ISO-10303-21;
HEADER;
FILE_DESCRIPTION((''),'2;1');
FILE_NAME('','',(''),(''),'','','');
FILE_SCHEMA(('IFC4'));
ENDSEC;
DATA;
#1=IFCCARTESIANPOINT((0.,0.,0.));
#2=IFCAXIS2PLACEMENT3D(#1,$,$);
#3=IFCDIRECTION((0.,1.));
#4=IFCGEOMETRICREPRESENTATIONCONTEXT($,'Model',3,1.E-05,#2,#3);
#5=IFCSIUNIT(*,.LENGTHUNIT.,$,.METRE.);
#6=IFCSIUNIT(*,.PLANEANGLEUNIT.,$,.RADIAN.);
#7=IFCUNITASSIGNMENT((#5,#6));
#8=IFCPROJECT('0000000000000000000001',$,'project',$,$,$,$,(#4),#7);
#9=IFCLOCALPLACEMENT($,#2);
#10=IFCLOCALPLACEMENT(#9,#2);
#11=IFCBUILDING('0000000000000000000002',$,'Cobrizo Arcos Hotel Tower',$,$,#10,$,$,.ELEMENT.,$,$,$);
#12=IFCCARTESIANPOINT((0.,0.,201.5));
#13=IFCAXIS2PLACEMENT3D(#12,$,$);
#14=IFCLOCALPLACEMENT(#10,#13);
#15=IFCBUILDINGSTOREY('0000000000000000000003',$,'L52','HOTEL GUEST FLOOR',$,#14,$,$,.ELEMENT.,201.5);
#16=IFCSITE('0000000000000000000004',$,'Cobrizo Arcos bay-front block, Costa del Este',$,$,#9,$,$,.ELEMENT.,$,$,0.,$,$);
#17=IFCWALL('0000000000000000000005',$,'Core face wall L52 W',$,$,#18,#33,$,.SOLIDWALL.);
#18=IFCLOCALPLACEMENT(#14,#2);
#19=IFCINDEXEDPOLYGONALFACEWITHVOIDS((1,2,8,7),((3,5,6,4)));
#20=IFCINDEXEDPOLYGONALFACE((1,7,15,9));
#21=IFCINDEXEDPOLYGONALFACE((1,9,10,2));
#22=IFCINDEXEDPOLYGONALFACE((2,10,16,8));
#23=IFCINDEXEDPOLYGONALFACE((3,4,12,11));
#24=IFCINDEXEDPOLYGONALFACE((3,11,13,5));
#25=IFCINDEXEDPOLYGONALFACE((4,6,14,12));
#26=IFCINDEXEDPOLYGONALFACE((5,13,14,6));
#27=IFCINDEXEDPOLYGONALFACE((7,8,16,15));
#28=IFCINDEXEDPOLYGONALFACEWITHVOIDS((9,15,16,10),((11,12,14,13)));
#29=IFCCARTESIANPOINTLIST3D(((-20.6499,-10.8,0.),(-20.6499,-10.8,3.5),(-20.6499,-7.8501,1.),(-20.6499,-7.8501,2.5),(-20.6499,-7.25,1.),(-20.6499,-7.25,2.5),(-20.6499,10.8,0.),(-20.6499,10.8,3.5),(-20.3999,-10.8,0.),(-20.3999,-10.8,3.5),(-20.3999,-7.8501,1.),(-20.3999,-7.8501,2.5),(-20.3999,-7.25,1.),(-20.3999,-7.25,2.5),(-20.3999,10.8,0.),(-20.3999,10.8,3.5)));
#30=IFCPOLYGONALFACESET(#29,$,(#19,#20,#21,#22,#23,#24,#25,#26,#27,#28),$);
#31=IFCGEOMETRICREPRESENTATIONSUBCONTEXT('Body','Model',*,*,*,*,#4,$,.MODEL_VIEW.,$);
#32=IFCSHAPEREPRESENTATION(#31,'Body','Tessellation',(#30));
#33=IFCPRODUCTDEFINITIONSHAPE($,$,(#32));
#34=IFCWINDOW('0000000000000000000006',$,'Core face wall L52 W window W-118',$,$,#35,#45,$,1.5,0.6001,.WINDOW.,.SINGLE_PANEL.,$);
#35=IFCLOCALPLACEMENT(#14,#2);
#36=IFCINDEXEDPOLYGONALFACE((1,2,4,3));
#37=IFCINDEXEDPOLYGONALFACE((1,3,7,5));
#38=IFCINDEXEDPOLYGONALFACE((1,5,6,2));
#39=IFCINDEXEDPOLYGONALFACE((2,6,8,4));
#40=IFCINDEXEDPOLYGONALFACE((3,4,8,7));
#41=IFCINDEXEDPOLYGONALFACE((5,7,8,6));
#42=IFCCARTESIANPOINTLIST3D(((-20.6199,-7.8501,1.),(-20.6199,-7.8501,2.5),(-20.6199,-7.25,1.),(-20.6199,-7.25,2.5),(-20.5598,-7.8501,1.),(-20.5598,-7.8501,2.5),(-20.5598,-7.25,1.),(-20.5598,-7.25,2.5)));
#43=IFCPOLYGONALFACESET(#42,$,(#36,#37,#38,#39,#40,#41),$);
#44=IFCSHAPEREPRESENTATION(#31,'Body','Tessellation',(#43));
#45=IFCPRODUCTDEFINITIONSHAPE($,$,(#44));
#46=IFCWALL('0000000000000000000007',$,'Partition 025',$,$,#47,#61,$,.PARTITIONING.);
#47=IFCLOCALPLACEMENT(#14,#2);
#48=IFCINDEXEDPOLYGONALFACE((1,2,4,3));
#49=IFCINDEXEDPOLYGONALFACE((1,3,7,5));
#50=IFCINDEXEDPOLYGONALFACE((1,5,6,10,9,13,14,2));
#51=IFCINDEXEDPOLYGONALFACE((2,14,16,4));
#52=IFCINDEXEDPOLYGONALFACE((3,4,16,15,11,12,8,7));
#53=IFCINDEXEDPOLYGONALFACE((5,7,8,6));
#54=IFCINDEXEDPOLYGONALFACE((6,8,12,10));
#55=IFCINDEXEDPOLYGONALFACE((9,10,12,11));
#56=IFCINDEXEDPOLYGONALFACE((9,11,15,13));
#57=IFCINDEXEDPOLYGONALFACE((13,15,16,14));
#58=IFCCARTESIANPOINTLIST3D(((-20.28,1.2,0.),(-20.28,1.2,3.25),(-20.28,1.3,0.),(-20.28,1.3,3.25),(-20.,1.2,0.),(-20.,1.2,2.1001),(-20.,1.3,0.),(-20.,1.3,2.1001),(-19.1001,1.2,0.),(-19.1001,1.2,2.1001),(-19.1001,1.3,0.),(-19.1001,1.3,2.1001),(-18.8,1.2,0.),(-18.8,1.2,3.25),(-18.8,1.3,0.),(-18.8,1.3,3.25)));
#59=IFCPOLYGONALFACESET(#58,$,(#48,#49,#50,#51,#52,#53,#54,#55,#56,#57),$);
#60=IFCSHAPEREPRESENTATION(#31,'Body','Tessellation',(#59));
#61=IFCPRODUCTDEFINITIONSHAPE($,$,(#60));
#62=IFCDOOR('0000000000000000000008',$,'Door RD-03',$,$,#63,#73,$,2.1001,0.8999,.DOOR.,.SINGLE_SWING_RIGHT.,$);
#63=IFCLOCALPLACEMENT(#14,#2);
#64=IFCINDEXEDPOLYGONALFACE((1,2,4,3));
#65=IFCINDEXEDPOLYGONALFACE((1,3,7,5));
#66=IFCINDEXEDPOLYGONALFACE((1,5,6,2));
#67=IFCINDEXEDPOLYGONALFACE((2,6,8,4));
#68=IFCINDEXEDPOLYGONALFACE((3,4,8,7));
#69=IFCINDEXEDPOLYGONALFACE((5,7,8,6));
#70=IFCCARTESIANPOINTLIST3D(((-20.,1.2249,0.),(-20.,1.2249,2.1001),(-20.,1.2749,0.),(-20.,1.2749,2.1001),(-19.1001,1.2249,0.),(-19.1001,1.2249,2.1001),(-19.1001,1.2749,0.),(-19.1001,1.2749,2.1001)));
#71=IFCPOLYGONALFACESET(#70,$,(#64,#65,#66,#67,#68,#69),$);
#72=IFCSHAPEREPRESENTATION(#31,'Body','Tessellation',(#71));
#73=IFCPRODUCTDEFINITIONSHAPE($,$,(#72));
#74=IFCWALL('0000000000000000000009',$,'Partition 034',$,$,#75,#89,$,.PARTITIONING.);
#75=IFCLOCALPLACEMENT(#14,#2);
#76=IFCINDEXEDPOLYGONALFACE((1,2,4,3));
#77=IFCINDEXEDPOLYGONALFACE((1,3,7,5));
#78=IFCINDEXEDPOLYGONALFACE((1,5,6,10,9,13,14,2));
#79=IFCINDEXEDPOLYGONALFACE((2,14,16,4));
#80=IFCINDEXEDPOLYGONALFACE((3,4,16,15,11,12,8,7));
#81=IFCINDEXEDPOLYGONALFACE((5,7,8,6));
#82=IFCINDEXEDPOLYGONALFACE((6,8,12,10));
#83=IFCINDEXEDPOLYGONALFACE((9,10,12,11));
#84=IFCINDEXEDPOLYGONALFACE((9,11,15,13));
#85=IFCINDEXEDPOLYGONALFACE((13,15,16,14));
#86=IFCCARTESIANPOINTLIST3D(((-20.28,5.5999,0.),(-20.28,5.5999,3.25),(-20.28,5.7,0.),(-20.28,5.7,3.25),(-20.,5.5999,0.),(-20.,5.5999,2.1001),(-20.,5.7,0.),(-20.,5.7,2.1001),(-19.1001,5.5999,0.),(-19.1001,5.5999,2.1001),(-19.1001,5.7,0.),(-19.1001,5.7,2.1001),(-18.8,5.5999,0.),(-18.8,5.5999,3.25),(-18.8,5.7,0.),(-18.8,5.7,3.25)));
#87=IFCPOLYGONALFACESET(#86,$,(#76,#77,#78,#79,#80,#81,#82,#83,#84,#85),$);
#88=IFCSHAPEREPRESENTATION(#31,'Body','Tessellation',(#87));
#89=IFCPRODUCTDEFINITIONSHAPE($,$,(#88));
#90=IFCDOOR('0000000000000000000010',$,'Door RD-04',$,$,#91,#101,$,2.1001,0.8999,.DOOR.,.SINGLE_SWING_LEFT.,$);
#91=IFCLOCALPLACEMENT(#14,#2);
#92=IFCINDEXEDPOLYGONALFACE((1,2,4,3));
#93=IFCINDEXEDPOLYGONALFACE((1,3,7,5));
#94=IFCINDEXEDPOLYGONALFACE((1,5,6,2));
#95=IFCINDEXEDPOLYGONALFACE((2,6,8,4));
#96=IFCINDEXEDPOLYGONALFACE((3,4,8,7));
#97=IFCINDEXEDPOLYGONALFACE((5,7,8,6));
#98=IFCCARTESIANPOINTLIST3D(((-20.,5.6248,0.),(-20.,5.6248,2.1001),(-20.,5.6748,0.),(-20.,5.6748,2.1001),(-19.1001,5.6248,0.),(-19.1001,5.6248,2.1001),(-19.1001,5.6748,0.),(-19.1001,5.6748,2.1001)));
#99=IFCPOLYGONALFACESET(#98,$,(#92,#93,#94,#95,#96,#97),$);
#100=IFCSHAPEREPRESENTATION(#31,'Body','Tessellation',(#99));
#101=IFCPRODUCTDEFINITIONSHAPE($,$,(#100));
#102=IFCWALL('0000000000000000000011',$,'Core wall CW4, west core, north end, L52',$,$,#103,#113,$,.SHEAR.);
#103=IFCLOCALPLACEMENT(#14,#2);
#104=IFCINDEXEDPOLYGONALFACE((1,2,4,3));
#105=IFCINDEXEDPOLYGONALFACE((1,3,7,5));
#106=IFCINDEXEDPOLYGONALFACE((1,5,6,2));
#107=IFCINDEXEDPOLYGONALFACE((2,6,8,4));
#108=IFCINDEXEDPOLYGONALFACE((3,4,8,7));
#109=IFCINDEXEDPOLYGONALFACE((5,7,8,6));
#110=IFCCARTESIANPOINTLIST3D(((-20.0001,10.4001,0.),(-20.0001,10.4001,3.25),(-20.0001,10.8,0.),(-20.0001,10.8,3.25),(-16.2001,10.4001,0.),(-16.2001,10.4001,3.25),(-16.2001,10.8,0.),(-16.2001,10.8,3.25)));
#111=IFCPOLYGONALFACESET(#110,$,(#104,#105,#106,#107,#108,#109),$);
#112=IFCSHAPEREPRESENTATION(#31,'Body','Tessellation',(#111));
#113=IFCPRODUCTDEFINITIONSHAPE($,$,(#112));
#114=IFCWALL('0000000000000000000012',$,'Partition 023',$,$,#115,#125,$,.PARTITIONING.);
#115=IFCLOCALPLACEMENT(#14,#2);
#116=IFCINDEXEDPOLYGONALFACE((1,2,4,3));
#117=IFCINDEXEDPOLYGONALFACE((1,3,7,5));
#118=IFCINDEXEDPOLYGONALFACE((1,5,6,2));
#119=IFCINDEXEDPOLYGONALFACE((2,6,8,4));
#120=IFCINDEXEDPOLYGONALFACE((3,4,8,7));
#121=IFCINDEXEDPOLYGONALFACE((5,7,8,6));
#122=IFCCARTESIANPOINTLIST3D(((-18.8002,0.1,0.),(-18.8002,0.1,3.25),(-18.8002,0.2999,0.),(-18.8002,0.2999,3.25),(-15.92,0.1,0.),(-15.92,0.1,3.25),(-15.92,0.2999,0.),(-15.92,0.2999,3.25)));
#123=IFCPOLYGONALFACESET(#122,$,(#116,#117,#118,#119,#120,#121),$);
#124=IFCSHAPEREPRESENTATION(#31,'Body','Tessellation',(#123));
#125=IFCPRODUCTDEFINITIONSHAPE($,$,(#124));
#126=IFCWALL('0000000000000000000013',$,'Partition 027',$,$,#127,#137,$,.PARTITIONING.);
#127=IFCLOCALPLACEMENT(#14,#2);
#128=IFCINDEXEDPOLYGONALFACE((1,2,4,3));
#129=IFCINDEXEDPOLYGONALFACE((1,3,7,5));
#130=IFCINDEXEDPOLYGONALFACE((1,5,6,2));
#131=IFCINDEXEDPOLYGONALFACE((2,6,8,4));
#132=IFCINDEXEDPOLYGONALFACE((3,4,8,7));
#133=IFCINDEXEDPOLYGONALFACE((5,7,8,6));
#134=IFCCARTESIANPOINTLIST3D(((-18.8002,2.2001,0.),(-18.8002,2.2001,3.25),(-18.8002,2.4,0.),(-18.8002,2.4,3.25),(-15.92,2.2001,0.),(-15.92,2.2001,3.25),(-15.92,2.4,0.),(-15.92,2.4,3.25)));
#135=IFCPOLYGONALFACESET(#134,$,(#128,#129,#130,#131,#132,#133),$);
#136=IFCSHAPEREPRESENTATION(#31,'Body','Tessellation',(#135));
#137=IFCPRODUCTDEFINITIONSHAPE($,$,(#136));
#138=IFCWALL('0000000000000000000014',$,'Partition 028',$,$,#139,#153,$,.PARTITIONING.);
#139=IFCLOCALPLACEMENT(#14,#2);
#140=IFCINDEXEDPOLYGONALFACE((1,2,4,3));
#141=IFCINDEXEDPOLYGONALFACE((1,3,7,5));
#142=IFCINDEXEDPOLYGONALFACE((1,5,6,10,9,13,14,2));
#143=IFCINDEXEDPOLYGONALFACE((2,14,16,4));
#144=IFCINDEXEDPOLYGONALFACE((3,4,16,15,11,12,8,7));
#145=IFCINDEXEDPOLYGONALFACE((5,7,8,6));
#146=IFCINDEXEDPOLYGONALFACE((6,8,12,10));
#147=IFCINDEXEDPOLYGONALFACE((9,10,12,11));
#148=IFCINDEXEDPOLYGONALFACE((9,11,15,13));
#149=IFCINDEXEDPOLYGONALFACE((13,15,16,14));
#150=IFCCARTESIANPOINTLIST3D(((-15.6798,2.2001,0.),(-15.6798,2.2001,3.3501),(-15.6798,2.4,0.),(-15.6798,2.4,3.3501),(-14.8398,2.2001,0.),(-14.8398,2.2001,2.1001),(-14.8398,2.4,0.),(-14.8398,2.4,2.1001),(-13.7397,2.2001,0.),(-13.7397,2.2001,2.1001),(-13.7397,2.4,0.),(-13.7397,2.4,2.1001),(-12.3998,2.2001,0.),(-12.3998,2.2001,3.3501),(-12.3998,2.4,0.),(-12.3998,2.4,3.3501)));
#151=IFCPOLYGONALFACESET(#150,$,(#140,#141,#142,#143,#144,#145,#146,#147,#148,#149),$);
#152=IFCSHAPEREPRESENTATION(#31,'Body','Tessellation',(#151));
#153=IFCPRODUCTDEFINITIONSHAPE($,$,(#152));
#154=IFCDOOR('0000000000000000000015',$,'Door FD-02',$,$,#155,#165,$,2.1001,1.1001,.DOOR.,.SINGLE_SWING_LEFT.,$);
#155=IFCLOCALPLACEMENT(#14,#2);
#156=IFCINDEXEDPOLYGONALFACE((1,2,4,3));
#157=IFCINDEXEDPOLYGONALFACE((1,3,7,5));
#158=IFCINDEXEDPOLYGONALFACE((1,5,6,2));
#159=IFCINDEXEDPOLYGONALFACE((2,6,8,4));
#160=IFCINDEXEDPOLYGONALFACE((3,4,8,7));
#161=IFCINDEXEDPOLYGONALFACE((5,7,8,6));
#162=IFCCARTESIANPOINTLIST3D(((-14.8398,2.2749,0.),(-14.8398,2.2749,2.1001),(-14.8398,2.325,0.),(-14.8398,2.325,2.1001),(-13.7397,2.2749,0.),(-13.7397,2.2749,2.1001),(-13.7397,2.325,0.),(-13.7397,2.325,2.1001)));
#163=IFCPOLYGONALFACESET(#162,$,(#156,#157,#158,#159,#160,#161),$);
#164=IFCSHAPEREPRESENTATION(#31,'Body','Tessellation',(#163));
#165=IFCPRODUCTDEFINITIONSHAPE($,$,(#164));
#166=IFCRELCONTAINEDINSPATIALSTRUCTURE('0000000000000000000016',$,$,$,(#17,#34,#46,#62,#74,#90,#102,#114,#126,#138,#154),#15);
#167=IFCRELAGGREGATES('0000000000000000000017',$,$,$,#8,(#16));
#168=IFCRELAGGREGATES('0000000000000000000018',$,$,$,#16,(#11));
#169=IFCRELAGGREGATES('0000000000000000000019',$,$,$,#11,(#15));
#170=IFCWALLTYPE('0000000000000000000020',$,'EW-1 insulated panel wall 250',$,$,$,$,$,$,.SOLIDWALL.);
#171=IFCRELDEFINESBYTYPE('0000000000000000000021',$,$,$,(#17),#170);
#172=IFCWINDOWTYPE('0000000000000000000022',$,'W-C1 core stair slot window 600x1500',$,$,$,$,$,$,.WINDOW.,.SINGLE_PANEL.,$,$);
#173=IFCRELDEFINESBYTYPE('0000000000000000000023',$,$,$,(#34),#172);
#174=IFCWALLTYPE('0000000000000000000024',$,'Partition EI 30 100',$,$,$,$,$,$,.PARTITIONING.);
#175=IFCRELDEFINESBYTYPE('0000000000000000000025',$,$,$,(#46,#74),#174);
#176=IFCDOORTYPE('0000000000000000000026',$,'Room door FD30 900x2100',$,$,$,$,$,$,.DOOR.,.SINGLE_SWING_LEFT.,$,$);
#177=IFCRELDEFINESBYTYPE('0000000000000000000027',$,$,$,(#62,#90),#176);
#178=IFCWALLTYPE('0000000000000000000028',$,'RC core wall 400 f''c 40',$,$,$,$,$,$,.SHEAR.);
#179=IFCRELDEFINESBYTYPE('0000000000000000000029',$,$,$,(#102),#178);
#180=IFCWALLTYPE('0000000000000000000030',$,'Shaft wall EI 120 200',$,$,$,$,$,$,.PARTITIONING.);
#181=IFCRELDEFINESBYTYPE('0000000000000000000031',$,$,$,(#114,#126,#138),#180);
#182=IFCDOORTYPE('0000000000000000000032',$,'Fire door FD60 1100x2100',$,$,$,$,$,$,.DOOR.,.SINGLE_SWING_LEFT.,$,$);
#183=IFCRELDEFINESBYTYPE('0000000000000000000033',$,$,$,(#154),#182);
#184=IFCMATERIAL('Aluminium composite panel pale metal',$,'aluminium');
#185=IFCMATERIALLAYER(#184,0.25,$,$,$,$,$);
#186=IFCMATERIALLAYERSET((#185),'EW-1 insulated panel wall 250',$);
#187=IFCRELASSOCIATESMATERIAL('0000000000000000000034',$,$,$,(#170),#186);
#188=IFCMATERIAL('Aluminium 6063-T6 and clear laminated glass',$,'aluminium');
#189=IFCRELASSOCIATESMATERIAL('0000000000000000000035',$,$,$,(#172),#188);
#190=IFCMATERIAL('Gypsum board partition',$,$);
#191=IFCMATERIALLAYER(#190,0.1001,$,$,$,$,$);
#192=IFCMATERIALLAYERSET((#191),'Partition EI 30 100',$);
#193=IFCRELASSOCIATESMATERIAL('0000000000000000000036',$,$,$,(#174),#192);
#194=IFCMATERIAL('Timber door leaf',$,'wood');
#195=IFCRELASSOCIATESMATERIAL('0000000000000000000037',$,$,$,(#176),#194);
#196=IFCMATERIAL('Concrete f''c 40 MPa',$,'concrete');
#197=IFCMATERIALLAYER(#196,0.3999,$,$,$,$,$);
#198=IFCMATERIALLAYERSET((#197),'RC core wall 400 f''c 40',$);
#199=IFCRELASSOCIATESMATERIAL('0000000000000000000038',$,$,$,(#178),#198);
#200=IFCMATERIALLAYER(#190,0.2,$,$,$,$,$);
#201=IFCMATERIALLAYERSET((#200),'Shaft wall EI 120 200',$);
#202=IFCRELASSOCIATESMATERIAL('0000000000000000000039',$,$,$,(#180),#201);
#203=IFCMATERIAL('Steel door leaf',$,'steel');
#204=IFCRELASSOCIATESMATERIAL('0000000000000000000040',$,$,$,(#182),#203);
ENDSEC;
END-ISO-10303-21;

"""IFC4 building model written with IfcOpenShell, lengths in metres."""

from ifc_helpers import new_model, si_unit, direction, frame, frame_2d, origin, place, context, subcontext, project, spatial, rectangle, extrude, material, layer, layer_set, type_object, element, fill, save


model = new_model("IFC4")

# Units and contexts
model_context = context("Model", 3, precision=1e-05, world=origin(), true_north=direction((0.0, 1.0)))
body_context = subcontext(model_context, "Body", "Model", "MODEL_VIEW")
ifc_project = project(units=[si_unit("LENGTHUNIT", "METRE"), si_unit("PLANEANGLEUNIT", "RADIAN")], contexts=[model_context])

# Site, building, storey
site_placement = place(None, origin())
site = spatial("IfcSite", under=ifc_project, at=site_placement, Name="Cobrizo Arcos bay-front block, Costa del Este", CompositionType="ELEMENT", RefElevation=0.0)
building_placement = place(site_placement, origin())
building = spatial("IfcBuilding", under=site, at=building_placement, Name="Cobrizo Arcos Hotel Tower", CompositionType="ELEMENT")
storey_placement = place(building_placement, frame((0.0, 0.0, 201.5)))
storey = spatial("IfcBuildingStorey", under=building, at=storey_placement, Name="L52", Description="HOTEL GUEST FLOOR", CompositionType="ELEMENT", Elevation=201.5)

# Shared definitions
ifc_material_1 = material(Name="Gypsum board partition")
ifc_material_2 = material(Name="Timber door leaf", Category="wood")

# Wall, opening, window
ifc_material_3 = material(Name="Aluminium composite panel pale metal", Category="aluminium")
ifc_layer_1 = layer(ifc_material_3, 0.25)
ifc_layer_set_1 = layer_set([ifc_layer_1], Name="EW-1 insulated panel wall 250")
wall_type_1 = type_object("IfcWallType", Name="EW-1 insulated panel wall 250", PredefinedType="SOLIDWALL", material=ifc_layer_set_1)
wall_1_placement = place(storey_placement, frame((-20.5249, 10.8, 0.0), z_axis=(0.0, 0.0, 1.0), x_axis=(0.0, -1.0, 0.0)))
wall_1 = element("IfcWall", 1, at=wall_1_placement, inside=storey, type_object=wall_type_1, Name="Core face wall L52 W", PredefinedType="SOLIDWALL", context=body_context, shape_type="SweptSolid", body=[
    extrude(rectangle(XDim=21.6001, YDim=0.25, at=frame_2d((10.8, 0.0))), origin(), (0.0, 0.0, 1.0), 3.5),
])
opening_1_placement = place(wall_1_placement, frame((18.05, 0.0, 1.0)))
opening_1 = element("IfcOpeningElement", 2, at=opening_1_placement, cuts=wall_1, PredefinedType="OPENING", context=body_context, shape_type="SweptSolid", body=[
    extrude(rectangle(XDim=0.6001, YDim=1.5, at=frame_2d((0.3, 0.75))), frame((0.0, 0.137, 0.0), z_axis=(0.0, -1.0, 0.0), x_axis=(1.0, 0.0, 0.0)), (0.0, 0.0, 1.0), 0.2739),
])
ifc_material_4 = material(Name="Aluminium 6063-T6 and clear laminated glass", Category="aluminium")
window_type = type_object("IfcWindowType", Name="W-C1 core stair slot window 600x1500", PartitioningType="SINGLE_PANEL", PredefinedType="WINDOW", material=ifc_material_4)
window_placement = place(opening_1_placement, origin())
window = element("IfcWindow", 3, at=window_placement, inside=storey, type_object=window_type, Name="Core face wall L52 W window W-118", OverallHeight=1.5, OverallWidth=0.6001, PartitioningType="SINGLE_PANEL", PredefinedType="WINDOW", context=body_context, shape_type="SweptSolid", body=[
    extrude(rectangle(XDim=0.6001, YDim=1.5, at=frame_2d((0.3, 0.75))), frame((0.0, -0.0349, 0.0), z_axis=(0.0, -1.0, 0.0), x_axis=(1.0, 0.0, 0.0)), (0.0, 0.0, 1.0), 0.0601),
])
fill(opening_1, window)

# Walls, openings, doors
ifc_layer_2 = layer(ifc_material_1, 0.1001)
ifc_layer_set_2 = layer_set([ifc_layer_2], Name="Partition EI 30 100")
wall_type_2 = type_object("IfcWallType", Name="Partition EI 30 100", PredefinedType="PARTITIONING", material=ifc_layer_set_2)
wall_2_placement = place(storey_placement, frame((-20.28, 1.25, 0.0), z_axis=(0.0, 0.0, 1.0), x_axis=(1.0, 0.0, 0.0)))
wall_2 = element("IfcWall", 4, at=wall_2_placement, inside=storey, type_object=wall_type_2, Name="Partition 025", PredefinedType="PARTITIONING", context=body_context, shape_type="SweptSolid", body=[
    extrude(rectangle(XDim=1.48, YDim=0.1001, at=frame_2d((0.74, 0.0))), origin(), (0.0, 0.0, 1.0), 3.25),
])
opening_2_placement = place(wall_2_placement, frame((0.28, 0.0, 0.0)))
opening_2 = element("IfcOpeningElement", 5, at=opening_2_placement, cuts=wall_2, PredefinedType="OPENING", context=body_context, shape_type="SweptSolid", body=[
    extrude(rectangle(XDim=0.8999, YDim=2.1001, at=frame_2d((0.45, 1.05))), frame((0.0, 0.062, 0.0), z_axis=(0.0, -1.0, 0.0), x_axis=(1.0, 0.0, 0.0)), (0.0, 0.0, 1.0), 0.124),
])
door_type_1 = type_object("IfcDoorType", Name="Room door FD30 900x2100", OperationType="SINGLE_SWING_LEFT", PredefinedType="DOOR", material=ifc_material_2)
door_1_placement = place(opening_2_placement, origin())
door_1 = element("IfcDoor", 6, at=door_1_placement, inside=storey, type_object=door_type_1, Name="Door RD-03", OperationType="SINGLE_SWING_RIGHT", OverallHeight=2.1001, OverallWidth=0.8999, PredefinedType="DOOR", context=body_context, shape_type="SweptSolid", body=[
    extrude(rectangle(XDim=0.8999, YDim=2.1001, at=frame_2d((0.45, 1.05))), frame((0.0, 0.0249, 0.0), z_axis=(0.0, -1.0, 0.0), x_axis=(1.0, 0.0, 0.0)), (0.0, 0.0, 1.0), 0.05),
])
fill(opening_2, door_1)
wall_3_placement = place(storey_placement, frame((-20.28, 5.6499, 0.0), z_axis=(0.0, 0.0, 1.0), x_axis=(1.0, 0.0, 0.0)))
wall_3 = element("IfcWall", 7, at=wall_3_placement, inside=storey, type_object=wall_type_2, Name="Partition 034", PredefinedType="PARTITIONING", context=body_context, shape_type="SweptSolid", body=[
    extrude(rectangle(XDim=1.48, YDim=0.1001, at=frame_2d((0.74, 0.0))), origin(), (0.0, 0.0, 1.0), 3.25),
])
opening_3_placement = place(wall_3_placement, frame((0.28, 0.0, 0.0)))
opening_3 = element("IfcOpeningElement", 8, at=opening_3_placement, cuts=wall_3, PredefinedType="OPENING", context=body_context, shape_type="SweptSolid", body=[
    extrude(rectangle(XDim=0.8999, YDim=2.1001, at=frame_2d((0.45, 1.05))), frame((0.0, 0.062, 0.0), z_axis=(0.0, -1.0, 0.0), x_axis=(1.0, 0.0, 0.0)), (0.0, 0.0, 1.0), 0.124),
])
door_2_placement = place(opening_3_placement, origin())
door_2 = element("IfcDoor", 9, at=door_2_placement, inside=storey, type_object=door_type_1, Name="Door RD-04", OperationType="SINGLE_SWING_LEFT", OverallHeight=2.1001, OverallWidth=0.8999, PredefinedType="DOOR", context=body_context, shape_type="SweptSolid", body=[
    extrude(rectangle(XDim=0.8999, YDim=2.1001, at=frame_2d((0.45, 1.05))), frame((0.0, 0.0249, 0.0), z_axis=(0.0, -1.0, 0.0), x_axis=(1.0, 0.0, 0.0)), (0.0, 0.0, 1.0), 0.05),
])
fill(opening_3, door_2)

# Walls
ifc_material_5 = material(Name="Concrete f'c 40 MPa", Category="concrete")
ifc_layer_3 = layer(ifc_material_5, 0.3999)
ifc_layer_set_3 = layer_set([ifc_layer_3], Name="RC core wall 400 f'c 40")
wall_type_3 = type_object("IfcWallType", Name="RC core wall 400 f'c 40", PredefinedType="SHEAR", material=ifc_layer_set_3)
wall_4_placement = place(storey_placement, frame((-20.0, 10.6001, 0.0), z_axis=(0.0, 0.0, 1.0), x_axis=(1.0, 0.0, 0.0)))
element("IfcWall", 10, at=wall_4_placement, inside=storey, type_object=wall_type_3, Name="Core wall CW4, west core, north end, L52", PredefinedType="SHEAR", context=body_context, shape_type="SweptSolid", body=[
    extrude(rectangle(XDim=3.8, YDim=0.3999, at=frame_2d((1.8999, 0.0))), origin(), (0.0, 0.0, 1.0), 3.25),
])
ifc_layer_4 = layer(ifc_material_1, 0.2)
ifc_layer_set_4 = layer_set([ifc_layer_4], Name="Shaft wall EI 120 200")
wall_type_4 = type_object("IfcWallType", Name="Shaft wall EI 120 200", PredefinedType="PARTITIONING", material=ifc_layer_set_4)
for number, where, z_axis, x_axis, name in (
    (11, (-18.8, 0.2, 0.0), (0.0, 0.0, 1.0), (1.0, 0.0, 0.0), "Partition 023"),
    (12, (-18.8, 2.3, 0.0), (0.0, 0.0, 1.0), (1.0, 0.0, 0.0), "Partition 027"),
):
    element("IfcWall", number, at=place(storey_placement, frame(where, z_axis=z_axis, x_axis=x_axis)), inside=storey, type_object=wall_type_4, Name=name, PredefinedType="PARTITIONING", context=body_context, shape_type="SweptSolid", body=[
        extrude(rectangle(XDim=2.8801, YDim=0.2, at=frame_2d((1.4399, 0.0))), origin(), (0.0, 0.0, 1.0), 3.25),
    ])

# Wall, opening, door
wall_5_placement = place(storey_placement, frame((-15.6799, 2.3, 0.0), z_axis=(0.0, 0.0, 1.0), x_axis=(1.0, 0.0, 0.0)))
wall_5 = element("IfcWall", 13, at=wall_5_placement, inside=storey, type_object=wall_type_4, Name="Partition 028", PredefinedType="PARTITIONING", context=body_context, shape_type="SweptSolid", body=[
    extrude(rectangle(XDim=3.28, YDim=0.2, at=frame_2d((1.6401, 0.0))), origin(), (0.0, 0.0, 1.0), 3.3501),
])
opening_4_placement = place(wall_5_placement, frame((0.8401, 0.0, 0.0)))
opening_4 = element("IfcOpeningElement", 14, at=opening_4_placement, cuts=wall_5, PredefinedType="OPENING", context=body_context, shape_type="SweptSolid", body=[
    extrude(rectangle(XDim=1.1001, YDim=2.1001, at=frame_2d((0.55, 1.05))), frame((0.0, 0.1121, 0.0), z_axis=(0.0, -1.0, 0.0), x_axis=(1.0, 0.0, 0.0)), (0.0, 0.0, 1.0), 0.2239),
])
ifc_material_6 = material(Name="Steel door leaf", Category="steel")
door_type_2 = type_object("IfcDoorType", Name="Fire door FD60 1100x2100", OperationType="SINGLE_SWING_LEFT", PredefinedType="DOOR", material=ifc_material_6)
door_3_placement = place(opening_4_placement, origin())
door_3 = element("IfcDoor", 15, at=door_3_placement, inside=storey, type_object=door_type_2, Name="Door FD-02", OperationType="SINGLE_SWING_LEFT", OverallHeight=2.1001, OverallWidth=1.1001, PredefinedType="DOOR", context=body_context, shape_type="SweptSolid", body=[
    extrude(rectangle(XDim=1.1001, YDim=2.1001, at=frame_2d((0.55, 1.05))), frame((0.0, 0.0249, 0.0), z_axis=(0.0, -1.0, 0.0), x_axis=(1.0, 0.0, 0.0)), (0.0, 0.0, 1.0), 0.05),
])
fill(opening_4, door_3)

save(model, "model.ifc")
